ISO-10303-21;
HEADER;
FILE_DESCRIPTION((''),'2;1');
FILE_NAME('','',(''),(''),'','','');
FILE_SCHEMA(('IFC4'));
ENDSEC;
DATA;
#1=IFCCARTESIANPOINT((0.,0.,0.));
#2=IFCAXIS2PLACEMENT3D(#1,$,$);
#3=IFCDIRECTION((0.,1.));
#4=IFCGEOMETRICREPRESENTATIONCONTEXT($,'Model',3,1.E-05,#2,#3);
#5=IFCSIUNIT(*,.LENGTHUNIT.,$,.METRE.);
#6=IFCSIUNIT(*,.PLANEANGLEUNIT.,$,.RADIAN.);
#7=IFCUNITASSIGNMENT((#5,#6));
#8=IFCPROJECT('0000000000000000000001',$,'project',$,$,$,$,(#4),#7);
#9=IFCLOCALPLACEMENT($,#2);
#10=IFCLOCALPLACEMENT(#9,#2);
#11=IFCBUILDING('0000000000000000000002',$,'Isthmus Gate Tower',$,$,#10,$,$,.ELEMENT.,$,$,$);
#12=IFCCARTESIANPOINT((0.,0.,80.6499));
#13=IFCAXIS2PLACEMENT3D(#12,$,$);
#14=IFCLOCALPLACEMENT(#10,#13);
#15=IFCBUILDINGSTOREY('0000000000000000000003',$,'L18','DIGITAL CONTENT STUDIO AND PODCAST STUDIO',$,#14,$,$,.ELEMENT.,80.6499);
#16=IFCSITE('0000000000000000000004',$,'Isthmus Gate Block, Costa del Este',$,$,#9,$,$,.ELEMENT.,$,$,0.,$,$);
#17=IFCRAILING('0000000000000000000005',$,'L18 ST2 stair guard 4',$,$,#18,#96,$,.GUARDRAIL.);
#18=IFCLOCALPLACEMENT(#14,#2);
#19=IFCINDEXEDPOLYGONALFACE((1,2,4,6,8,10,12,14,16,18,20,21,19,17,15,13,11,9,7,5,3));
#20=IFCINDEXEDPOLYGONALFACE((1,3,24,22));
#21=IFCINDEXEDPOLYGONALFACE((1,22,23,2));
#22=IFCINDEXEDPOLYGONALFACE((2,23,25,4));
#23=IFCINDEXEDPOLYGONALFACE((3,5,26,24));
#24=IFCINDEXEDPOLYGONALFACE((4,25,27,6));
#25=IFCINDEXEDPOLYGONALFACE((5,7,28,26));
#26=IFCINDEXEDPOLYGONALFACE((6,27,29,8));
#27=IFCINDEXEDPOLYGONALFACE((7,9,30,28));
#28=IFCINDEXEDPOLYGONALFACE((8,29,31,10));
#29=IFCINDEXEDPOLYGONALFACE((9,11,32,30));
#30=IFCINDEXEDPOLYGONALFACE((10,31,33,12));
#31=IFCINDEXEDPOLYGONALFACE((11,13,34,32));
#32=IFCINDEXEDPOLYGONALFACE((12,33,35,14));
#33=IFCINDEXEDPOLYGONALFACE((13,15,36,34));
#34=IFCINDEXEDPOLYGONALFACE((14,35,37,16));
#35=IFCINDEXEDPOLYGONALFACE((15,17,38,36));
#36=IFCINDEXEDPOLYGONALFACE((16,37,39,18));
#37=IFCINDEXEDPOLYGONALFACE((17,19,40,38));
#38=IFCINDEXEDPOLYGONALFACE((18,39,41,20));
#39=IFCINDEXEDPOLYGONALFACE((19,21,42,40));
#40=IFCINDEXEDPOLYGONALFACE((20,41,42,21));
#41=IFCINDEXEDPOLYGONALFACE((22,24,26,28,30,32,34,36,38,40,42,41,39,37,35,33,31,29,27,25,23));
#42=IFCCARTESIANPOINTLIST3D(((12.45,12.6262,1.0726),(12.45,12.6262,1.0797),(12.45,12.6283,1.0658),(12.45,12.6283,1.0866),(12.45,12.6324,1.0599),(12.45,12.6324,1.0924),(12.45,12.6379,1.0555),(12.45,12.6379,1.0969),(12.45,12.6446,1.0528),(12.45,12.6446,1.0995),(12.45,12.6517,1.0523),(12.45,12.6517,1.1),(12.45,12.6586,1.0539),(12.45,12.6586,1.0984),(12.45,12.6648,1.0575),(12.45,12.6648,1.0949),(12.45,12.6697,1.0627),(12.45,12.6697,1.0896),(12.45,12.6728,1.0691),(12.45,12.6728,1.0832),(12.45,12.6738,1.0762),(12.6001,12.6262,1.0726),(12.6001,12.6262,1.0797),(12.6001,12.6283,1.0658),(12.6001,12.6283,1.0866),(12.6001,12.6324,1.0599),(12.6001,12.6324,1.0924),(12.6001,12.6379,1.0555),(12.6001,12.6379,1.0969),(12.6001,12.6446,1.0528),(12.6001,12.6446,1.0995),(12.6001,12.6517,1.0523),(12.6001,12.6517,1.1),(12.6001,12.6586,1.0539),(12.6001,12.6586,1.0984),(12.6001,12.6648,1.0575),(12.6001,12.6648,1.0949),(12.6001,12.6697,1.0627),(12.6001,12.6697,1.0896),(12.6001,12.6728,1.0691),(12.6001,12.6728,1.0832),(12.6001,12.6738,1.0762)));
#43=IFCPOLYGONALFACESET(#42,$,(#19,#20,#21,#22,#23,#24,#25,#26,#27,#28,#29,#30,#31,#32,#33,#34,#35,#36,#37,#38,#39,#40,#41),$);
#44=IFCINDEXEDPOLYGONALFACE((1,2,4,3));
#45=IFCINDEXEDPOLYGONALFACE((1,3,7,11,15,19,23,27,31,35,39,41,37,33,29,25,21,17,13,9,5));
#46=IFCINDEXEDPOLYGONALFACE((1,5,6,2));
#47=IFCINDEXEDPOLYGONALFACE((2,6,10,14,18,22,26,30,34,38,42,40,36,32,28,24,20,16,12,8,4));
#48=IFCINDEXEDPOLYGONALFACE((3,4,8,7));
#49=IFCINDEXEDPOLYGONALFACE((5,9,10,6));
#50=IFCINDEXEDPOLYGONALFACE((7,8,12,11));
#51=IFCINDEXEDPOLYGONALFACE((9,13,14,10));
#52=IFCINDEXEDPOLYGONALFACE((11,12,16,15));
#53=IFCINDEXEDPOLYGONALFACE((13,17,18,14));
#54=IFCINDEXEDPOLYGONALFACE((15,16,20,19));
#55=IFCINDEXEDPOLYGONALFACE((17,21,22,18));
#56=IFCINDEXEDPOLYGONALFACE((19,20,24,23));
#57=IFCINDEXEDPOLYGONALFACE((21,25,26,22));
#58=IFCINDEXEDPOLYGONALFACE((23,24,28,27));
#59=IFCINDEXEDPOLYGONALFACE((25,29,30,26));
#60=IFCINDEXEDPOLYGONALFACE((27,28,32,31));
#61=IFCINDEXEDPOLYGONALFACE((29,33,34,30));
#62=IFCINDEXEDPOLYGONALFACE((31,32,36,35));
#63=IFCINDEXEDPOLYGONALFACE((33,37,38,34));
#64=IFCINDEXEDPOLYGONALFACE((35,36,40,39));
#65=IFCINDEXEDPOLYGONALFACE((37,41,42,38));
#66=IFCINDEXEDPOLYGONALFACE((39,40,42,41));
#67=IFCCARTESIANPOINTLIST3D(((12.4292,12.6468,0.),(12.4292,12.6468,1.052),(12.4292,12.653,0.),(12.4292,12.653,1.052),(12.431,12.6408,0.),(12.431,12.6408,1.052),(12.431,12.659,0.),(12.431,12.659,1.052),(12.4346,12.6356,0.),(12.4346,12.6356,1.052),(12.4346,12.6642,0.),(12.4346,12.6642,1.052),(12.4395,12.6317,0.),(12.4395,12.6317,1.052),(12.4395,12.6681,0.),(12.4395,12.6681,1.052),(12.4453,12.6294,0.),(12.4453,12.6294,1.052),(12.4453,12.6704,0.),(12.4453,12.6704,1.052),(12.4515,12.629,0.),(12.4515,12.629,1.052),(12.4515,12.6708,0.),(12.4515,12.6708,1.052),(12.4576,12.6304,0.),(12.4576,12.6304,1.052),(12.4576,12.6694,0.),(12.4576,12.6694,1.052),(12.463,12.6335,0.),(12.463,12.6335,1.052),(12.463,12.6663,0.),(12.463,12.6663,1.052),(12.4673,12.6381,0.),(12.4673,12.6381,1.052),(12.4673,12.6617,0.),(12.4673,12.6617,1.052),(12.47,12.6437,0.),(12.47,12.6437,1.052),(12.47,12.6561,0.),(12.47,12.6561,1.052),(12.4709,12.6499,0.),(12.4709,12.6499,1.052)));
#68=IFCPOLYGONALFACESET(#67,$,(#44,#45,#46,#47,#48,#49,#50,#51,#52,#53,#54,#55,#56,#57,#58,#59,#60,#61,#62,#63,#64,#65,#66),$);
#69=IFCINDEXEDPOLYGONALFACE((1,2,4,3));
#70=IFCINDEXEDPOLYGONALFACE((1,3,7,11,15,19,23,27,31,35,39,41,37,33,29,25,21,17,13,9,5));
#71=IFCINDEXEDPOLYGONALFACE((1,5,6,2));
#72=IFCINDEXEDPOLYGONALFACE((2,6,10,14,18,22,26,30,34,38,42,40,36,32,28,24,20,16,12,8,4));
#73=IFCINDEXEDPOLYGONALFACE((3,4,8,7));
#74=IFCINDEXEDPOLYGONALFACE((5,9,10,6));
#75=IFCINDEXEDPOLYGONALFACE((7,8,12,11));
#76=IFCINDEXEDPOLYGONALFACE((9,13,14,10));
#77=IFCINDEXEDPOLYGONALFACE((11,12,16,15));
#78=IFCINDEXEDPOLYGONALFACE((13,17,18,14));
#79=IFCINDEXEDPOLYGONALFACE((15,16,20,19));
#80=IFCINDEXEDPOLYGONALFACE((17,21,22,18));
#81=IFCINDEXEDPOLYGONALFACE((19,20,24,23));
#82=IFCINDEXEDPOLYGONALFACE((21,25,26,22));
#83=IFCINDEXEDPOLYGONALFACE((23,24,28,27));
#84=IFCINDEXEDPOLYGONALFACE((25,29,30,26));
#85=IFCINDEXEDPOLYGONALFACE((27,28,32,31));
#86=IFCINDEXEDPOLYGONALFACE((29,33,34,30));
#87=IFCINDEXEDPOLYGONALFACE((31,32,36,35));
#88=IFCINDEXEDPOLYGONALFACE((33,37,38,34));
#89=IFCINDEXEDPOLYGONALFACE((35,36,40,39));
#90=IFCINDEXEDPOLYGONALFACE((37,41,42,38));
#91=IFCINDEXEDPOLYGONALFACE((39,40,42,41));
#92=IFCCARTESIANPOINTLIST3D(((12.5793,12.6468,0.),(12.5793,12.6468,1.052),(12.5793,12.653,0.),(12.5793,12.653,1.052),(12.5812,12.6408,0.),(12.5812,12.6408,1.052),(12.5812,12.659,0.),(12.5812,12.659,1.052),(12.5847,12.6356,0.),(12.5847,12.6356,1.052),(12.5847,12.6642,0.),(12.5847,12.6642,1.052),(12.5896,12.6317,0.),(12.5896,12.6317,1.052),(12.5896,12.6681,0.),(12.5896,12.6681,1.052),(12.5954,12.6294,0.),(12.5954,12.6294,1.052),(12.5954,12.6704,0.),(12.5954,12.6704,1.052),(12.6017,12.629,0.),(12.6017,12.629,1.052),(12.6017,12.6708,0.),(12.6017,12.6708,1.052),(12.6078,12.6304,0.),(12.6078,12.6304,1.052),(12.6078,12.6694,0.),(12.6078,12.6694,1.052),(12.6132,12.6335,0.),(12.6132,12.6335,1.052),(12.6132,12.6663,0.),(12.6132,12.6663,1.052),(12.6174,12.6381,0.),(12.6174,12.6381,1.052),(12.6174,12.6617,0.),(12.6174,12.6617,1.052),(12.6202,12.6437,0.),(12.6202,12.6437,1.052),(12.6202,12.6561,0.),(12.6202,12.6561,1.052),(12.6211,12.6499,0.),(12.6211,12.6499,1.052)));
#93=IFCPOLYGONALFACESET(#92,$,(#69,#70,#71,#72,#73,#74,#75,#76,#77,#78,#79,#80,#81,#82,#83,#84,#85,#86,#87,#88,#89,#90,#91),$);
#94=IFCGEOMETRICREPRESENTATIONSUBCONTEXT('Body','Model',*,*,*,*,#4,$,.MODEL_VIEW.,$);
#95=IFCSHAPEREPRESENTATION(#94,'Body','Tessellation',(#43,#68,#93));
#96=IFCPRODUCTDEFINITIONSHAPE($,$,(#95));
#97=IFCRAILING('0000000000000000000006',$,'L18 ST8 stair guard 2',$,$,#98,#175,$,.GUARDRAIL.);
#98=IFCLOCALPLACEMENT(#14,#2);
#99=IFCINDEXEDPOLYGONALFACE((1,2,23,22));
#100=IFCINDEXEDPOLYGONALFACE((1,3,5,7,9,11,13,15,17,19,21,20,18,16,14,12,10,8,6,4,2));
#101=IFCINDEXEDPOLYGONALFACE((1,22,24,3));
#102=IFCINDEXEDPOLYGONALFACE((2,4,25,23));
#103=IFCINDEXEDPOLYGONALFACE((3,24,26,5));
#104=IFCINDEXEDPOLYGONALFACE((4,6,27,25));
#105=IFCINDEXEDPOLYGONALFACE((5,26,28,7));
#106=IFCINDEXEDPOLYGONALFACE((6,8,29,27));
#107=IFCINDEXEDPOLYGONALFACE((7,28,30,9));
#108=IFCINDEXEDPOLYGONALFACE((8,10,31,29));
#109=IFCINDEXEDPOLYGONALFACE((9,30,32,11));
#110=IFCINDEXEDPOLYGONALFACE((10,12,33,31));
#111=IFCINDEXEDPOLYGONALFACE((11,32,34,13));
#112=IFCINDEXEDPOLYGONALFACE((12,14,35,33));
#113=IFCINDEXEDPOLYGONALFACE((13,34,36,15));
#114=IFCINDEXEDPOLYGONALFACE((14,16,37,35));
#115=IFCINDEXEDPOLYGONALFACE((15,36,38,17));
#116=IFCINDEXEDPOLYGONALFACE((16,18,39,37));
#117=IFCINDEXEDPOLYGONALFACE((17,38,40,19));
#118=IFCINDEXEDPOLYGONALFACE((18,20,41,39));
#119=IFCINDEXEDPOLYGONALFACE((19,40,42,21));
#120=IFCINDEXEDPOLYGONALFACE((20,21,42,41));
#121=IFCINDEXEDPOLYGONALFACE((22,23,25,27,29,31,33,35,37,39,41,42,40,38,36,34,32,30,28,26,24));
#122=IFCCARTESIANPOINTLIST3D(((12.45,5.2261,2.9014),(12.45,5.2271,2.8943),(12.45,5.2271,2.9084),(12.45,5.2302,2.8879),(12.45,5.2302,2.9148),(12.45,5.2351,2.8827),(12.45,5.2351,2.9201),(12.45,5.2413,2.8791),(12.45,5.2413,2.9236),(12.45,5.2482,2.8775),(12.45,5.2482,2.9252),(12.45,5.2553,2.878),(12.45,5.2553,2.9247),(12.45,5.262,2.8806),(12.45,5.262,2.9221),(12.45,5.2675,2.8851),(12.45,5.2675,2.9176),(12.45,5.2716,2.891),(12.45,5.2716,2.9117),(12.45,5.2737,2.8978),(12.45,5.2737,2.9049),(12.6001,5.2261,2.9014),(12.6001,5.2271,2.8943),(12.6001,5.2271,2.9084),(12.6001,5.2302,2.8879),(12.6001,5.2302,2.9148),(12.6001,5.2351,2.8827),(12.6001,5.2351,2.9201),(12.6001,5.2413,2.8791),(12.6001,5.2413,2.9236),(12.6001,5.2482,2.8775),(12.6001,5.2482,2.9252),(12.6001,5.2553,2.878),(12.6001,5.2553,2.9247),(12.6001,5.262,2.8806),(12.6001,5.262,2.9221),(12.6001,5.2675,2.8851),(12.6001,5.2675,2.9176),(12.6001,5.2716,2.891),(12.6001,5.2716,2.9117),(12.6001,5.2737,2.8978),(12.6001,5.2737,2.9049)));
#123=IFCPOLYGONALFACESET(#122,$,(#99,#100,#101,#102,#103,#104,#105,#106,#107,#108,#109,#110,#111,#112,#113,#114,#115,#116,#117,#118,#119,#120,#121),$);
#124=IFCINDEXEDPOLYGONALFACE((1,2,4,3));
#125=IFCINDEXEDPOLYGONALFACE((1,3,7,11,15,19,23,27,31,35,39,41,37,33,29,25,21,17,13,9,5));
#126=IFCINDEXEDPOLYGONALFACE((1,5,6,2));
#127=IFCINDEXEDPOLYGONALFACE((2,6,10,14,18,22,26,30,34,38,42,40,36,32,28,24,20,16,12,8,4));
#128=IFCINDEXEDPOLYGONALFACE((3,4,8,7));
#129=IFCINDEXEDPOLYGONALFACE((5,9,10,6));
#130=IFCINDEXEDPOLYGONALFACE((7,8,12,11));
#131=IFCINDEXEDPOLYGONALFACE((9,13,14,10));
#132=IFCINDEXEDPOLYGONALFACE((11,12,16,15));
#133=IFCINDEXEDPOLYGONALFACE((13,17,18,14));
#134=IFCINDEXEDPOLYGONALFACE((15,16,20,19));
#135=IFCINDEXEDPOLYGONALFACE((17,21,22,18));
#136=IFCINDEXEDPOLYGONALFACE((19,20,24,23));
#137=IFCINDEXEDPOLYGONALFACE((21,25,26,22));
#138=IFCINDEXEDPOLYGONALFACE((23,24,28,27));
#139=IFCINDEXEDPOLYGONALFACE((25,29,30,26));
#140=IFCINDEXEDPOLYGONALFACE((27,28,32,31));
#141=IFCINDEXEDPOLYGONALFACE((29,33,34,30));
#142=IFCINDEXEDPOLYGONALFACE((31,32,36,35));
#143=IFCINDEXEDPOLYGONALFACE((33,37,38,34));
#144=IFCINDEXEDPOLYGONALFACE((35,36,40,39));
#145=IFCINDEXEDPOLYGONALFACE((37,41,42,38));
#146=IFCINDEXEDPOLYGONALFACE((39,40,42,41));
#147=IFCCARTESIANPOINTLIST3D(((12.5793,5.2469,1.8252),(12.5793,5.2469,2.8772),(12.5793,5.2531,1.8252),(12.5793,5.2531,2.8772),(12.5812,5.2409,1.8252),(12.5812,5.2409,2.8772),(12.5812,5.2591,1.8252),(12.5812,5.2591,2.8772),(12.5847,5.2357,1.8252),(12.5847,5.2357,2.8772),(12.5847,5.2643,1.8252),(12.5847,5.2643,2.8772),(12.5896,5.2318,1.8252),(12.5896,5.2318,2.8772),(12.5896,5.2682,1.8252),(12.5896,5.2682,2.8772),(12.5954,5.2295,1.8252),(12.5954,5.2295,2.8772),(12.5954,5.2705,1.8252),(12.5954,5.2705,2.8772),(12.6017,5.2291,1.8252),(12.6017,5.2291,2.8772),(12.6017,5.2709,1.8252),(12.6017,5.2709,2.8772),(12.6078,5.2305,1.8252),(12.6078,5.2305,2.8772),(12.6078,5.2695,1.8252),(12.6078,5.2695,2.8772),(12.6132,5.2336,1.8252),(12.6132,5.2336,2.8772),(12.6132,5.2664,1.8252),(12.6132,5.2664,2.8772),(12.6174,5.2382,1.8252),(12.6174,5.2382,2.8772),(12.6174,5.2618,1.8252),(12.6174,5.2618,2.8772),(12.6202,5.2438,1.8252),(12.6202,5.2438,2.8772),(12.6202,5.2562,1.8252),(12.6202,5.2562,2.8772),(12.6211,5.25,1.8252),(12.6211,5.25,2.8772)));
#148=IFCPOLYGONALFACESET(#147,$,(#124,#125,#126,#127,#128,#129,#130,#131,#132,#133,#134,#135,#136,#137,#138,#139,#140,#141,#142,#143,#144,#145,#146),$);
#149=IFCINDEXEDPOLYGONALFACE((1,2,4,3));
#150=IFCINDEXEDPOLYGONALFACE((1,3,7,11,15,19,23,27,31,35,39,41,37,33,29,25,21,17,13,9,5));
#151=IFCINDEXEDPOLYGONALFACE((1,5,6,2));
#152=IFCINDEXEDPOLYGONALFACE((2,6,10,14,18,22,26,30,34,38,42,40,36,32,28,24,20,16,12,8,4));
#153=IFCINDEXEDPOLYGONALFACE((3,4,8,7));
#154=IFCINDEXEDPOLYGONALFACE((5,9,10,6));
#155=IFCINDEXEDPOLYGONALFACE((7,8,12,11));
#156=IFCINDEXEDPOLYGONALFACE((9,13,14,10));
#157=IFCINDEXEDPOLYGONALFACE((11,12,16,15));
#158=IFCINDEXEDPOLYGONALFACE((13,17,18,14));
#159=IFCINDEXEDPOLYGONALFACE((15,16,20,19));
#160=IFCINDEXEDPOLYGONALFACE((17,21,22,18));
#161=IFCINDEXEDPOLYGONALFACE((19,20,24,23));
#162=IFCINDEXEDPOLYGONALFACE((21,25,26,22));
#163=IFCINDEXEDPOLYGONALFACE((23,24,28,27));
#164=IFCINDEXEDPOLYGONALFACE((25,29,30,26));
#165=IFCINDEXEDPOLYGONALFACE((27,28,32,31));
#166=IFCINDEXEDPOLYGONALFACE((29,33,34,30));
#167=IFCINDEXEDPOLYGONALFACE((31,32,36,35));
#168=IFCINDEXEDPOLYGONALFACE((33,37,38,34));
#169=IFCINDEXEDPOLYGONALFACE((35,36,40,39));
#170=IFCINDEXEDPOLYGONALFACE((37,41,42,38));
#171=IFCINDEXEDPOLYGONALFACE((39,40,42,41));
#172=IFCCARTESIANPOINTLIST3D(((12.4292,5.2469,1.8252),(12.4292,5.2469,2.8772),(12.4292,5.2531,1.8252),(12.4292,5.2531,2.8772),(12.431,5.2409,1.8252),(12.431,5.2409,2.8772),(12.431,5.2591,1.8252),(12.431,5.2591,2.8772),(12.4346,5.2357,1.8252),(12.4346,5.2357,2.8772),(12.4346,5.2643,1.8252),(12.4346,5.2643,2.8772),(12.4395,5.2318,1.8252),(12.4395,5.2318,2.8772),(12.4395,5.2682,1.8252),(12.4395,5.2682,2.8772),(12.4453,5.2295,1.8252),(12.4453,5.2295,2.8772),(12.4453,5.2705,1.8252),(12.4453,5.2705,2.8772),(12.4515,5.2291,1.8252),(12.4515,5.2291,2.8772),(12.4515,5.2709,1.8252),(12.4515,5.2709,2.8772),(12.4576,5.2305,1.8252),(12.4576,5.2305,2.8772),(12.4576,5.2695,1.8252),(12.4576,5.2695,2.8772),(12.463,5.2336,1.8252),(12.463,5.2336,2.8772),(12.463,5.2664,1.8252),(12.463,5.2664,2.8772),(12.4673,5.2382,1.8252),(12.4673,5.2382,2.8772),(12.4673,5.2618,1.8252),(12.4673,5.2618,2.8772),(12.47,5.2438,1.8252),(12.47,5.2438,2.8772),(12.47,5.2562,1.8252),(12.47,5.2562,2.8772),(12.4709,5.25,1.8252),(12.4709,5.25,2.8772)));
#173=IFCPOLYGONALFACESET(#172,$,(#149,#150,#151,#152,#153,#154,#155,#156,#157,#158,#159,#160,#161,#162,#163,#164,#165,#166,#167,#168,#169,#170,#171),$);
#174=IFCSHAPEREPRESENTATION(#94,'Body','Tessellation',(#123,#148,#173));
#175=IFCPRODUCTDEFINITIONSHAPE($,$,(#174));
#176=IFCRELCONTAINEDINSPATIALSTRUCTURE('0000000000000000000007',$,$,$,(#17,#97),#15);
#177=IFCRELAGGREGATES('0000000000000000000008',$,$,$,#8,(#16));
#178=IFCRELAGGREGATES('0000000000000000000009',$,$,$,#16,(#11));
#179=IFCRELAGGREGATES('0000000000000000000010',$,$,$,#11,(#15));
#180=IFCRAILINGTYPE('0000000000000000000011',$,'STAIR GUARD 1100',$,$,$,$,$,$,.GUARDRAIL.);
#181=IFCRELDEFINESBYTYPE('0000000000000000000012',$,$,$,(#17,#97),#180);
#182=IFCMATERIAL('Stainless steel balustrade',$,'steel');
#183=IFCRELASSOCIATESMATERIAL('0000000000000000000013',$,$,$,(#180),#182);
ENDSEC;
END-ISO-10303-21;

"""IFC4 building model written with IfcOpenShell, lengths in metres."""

from ifc_helpers import new_model, si_unit, direction, frame, origin, origin_2d, place, context, subcontext, project, spatial, circle, extrude, material, type_object, element, save


model = new_model("IFC4")

# Units and contexts
model_context = context("Model", 3, precision=1e-05, world=origin(), true_north=direction((0.0, 1.0)))
body_context = subcontext(model_context, "Body", "Model", "MODEL_VIEW")
ifc_project = project(units=[si_unit("LENGTHUNIT", "METRE"), si_unit("PLANEANGLEUNIT", "RADIAN")], contexts=[model_context])

# Site, building, storey
site_placement = place(None, origin())
site = spatial("IfcSite", under=ifc_project, at=site_placement, Name="Isthmus Gate Block, Costa del Este", CompositionType="ELEMENT", RefElevation=0.0)
building_placement = place(site_placement, origin())
building = spatial("IfcBuilding", under=site, at=building_placement, Name="Isthmus Gate Tower", CompositionType="ELEMENT")
storey_placement = place(building_placement, frame((0.0, 0.0, 80.6499)))
storey = spatial("IfcBuildingStorey", under=building, at=storey_placement, Name="L18", Description="DIGITAL CONTENT STUDIO AND PODCAST STUDIO", CompositionType="ELEMENT", Elevation=80.6499)

# Railings
ifc_material_1 = material(Name="Stainless steel balustrade", Category="steel")
railing_type_1 = type_object("IfcRailingType", Name="STAIR GUARD 1100", PredefinedType="GUARDRAIL", material=ifc_material_1)
railing_1_placement = place(storey_placement, frame((12.45, 12.6499, 0.0)))
element("IfcRailing", 1, at=railing_1_placement, inside=storey, type_object=railing_type_1, Name="L18 ST2 stair guard 4", PredefinedType="GUARDRAIL", context=body_context, shape_type="SweptSolid", body=[
    extrude(circle(Radius=0.0239, at=origin_2d()), frame((0.0, 0.0, 1.0762), z_axis=(1.0, 0.0, 0.0), x_axis=(0.0, 1.0, 0.0)), (0.0, 0.0, 1.0), 0.1501),
    extrude(circle(Radius=0.021, at=origin_2d()), origin(), (0.0, 0.0, 1.0), 1.052),
    extrude(circle(Radius=0.021, at=origin_2d()), frame((0.1501, 0.0, 0.0)), (0.0, 0.0, 1.0), 1.052),
])
railing_2_placement = place(storey_placement, frame((12.6001, 5.25, 1.8252)))
element("IfcRailing", 2, at=railing_2_placement, inside=storey, type_object=railing_type_1, Name="L18 ST8 stair guard 2", PredefinedType="GUARDRAIL", context=body_context, shape_type="SweptSolid", body=[
    extrude(circle(Radius=0.0239, at=origin_2d()), frame((0.0, 0.0, 1.0762), z_axis=(-1.0, 0.0, 0.0), x_axis=(0.0, -1.0, 0.0)), (0.0, 0.0, 1.0), 0.1501),
    extrude(circle(Radius=0.021, at=origin_2d()), origin(), (0.0, 0.0, 1.0), 1.052),
    extrude(circle(Radius=0.021, at=origin_2d()), frame((-0.1501, 0.0, 0.0)), (0.0, 0.0, 1.0), 1.052),
])

save(model, "model.ifc")
